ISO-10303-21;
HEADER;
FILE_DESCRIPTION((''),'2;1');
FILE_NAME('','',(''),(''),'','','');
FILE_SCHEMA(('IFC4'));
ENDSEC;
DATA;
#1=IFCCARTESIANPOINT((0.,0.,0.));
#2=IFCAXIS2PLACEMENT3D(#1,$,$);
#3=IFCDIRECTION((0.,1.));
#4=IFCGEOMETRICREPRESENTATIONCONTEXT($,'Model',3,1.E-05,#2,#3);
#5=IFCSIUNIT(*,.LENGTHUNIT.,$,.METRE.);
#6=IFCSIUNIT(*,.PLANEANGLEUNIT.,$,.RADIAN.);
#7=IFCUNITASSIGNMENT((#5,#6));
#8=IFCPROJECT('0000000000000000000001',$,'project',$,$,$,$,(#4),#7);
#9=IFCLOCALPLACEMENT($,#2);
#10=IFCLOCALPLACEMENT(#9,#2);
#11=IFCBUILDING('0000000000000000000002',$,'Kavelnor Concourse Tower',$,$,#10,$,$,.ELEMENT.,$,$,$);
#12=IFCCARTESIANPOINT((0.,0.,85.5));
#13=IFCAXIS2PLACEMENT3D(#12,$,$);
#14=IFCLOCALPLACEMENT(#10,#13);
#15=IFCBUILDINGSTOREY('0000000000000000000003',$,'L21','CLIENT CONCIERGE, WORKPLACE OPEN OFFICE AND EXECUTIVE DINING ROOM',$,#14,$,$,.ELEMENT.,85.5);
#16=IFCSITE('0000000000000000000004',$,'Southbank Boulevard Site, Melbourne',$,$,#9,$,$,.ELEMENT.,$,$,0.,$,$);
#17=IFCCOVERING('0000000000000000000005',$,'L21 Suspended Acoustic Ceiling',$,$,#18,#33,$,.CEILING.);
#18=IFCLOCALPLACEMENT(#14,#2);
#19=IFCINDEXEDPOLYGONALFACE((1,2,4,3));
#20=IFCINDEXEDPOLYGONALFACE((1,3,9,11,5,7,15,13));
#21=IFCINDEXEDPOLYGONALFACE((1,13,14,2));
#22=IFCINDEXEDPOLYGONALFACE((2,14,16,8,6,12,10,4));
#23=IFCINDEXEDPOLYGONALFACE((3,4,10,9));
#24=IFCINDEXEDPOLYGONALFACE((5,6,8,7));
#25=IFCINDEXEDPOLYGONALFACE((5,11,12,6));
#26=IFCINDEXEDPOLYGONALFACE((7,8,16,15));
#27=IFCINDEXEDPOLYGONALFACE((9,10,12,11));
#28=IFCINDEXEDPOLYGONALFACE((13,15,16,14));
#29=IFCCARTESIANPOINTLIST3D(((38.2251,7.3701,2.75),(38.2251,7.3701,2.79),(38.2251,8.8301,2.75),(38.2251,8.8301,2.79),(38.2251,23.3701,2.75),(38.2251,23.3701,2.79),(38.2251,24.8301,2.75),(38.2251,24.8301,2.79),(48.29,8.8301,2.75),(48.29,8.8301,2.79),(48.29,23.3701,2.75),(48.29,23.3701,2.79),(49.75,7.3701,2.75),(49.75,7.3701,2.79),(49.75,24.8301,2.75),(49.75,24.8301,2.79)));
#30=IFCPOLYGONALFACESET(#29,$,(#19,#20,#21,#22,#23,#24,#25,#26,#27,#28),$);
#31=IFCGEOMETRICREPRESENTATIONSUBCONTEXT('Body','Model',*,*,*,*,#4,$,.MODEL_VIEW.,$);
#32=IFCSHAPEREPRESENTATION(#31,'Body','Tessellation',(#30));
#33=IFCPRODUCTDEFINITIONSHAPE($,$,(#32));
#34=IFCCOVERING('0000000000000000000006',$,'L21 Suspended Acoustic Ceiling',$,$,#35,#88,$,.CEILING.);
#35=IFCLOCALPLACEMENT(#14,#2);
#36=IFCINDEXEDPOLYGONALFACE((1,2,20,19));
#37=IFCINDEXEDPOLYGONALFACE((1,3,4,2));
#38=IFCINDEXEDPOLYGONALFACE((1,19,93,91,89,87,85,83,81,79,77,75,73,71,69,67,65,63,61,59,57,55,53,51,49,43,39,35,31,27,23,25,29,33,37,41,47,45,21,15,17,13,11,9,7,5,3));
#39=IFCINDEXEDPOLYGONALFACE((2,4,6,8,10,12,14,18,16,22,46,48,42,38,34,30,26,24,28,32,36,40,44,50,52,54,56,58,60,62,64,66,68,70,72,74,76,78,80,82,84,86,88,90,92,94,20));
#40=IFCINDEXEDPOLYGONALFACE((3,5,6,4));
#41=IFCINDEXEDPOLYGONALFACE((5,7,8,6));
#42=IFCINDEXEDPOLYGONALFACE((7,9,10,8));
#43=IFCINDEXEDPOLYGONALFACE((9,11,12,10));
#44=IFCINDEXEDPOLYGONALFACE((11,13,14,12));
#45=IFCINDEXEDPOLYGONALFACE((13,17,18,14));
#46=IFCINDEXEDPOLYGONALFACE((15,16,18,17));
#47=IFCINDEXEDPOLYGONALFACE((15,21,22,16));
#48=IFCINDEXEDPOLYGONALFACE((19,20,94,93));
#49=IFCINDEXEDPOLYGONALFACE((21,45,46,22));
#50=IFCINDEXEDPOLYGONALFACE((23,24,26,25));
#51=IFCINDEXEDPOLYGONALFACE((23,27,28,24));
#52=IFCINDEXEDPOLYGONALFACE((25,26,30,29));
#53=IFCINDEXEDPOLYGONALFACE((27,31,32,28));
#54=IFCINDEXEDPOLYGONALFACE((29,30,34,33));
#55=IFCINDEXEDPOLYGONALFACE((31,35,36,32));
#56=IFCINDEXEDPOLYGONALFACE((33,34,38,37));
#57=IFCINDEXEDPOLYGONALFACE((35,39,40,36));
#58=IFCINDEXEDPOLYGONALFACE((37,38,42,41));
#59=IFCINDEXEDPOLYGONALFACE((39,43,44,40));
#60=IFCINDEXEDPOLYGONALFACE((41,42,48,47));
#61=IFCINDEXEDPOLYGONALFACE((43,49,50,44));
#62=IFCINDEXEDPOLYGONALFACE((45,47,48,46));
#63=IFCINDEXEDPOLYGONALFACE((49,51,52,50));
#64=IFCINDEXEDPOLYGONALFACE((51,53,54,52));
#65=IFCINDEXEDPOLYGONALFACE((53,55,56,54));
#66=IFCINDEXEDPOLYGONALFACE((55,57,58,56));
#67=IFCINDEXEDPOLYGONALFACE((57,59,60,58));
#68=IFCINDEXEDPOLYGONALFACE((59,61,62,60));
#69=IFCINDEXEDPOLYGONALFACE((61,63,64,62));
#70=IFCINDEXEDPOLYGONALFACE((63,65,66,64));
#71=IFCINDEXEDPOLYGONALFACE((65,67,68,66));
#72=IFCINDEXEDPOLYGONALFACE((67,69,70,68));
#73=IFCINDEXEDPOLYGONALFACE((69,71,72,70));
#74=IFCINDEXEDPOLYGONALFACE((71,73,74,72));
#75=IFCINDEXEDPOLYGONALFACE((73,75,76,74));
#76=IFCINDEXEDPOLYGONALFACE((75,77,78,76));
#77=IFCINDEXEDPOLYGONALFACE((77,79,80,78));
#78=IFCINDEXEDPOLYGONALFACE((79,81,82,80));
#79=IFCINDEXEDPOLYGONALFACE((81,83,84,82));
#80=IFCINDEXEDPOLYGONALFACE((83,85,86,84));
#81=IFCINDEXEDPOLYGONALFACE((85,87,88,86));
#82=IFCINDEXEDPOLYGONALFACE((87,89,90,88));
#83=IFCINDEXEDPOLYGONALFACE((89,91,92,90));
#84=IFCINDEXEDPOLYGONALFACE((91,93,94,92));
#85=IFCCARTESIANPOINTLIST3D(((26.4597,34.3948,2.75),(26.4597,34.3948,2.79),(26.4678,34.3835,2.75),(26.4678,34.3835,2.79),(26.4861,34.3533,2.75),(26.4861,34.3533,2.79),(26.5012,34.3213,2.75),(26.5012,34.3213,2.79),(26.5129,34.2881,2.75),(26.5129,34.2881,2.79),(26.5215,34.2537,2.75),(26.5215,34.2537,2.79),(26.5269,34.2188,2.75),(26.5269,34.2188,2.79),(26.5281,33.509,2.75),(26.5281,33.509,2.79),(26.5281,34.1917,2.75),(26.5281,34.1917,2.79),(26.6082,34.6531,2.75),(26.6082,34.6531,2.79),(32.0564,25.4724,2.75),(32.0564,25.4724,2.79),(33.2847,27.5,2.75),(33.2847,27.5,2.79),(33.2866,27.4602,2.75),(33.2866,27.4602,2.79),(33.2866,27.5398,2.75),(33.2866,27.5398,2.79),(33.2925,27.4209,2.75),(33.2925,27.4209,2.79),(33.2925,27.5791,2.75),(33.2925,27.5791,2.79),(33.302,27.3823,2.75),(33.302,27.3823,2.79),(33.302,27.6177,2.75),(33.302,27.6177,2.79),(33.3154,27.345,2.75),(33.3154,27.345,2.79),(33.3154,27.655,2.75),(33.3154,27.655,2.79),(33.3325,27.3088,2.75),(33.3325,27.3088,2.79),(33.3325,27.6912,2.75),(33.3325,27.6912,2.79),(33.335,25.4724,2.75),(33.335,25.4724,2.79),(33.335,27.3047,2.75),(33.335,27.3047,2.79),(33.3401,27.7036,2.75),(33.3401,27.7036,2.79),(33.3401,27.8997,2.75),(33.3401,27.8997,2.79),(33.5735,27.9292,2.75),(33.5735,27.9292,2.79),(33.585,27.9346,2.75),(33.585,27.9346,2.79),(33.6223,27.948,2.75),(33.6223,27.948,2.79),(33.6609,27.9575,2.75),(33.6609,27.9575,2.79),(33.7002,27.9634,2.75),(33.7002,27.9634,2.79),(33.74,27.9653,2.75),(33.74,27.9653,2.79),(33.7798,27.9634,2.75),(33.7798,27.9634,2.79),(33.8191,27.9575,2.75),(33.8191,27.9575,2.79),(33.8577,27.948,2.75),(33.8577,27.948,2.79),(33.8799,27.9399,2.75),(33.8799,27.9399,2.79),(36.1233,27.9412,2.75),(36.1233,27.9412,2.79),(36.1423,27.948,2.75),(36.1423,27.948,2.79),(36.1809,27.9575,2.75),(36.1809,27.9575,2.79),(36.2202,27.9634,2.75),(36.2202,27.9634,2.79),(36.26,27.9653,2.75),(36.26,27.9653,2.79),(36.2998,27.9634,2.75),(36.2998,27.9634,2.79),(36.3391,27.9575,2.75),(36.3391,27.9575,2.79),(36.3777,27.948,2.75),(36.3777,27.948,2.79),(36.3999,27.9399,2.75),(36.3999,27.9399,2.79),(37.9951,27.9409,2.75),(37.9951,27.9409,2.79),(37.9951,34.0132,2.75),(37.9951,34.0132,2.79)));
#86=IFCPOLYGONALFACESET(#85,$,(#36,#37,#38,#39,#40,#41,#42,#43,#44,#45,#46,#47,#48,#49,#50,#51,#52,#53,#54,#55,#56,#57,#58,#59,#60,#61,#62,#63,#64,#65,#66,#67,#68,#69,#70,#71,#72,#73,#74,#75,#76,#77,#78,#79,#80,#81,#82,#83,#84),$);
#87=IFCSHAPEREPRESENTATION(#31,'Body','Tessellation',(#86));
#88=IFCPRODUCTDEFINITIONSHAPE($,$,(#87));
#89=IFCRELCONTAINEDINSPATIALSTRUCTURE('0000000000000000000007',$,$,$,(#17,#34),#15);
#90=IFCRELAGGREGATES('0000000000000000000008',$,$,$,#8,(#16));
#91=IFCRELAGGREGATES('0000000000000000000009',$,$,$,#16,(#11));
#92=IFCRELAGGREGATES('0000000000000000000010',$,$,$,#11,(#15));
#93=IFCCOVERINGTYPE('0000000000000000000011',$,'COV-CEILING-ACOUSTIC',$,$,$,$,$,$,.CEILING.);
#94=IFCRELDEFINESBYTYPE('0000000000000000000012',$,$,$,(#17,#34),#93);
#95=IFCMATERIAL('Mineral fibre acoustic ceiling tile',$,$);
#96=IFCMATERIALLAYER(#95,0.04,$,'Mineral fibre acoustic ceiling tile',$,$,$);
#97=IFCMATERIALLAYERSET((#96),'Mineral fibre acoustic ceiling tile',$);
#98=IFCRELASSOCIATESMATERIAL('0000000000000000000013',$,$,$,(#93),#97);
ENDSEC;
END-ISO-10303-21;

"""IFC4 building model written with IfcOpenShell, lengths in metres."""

from ifc_helpers import new_model, si_unit, direction, frame, origin, place, context, subcontext, project, spatial, polyline, outline, extrude, material, layer, layer_set, type_object, element, save


model = new_model("IFC4")

# Units and contexts
model_context = context("Model", 3, precision=1e-05, world=origin(), true_north=direction((0.0, 1.0)))
body_context = subcontext(model_context, "Body", "Model", "MODEL_VIEW")
ifc_project = project(units=[si_unit("LENGTHUNIT", "METRE"), si_unit("PLANEANGLEUNIT", "RADIAN")], contexts=[model_context])

# Site, building, storey
site_placement = place(None, origin())
site = spatial("IfcSite", under=ifc_project, at=site_placement, Name="Southbank Boulevard Site, Melbourne", CompositionType="ELEMENT", RefElevation=0.0)
building_placement = place(site_placement, origin())
building = spatial("IfcBuilding", under=site, at=building_placement, Name="Kavelnor Concourse Tower", CompositionType="ELEMENT")
storey_placement = place(building_placement, frame((0.0, 0.0, 85.5)))
storey = spatial("IfcBuildingStorey", under=building, at=storey_placement, Name="L21", Description="CLIENT CONCIERGE, WORKPLACE OPEN OFFICE AND EXECUTIVE DINING ROOM", CompositionType="ELEMENT", Elevation=85.5)

# Coverings
ifc_material_1 = material(Name="Mineral fibre acoustic ceiling tile")
ifc_layer_1 = layer(ifc_material_1, 0.04, Name="Mineral fibre acoustic ceiling tile")
ifc_layer_set_1 = layer_set([ifc_layer_1], Name="Mineral fibre acoustic ceiling tile")
covering_type = type_object("IfcCoveringType", Name="COV-CEILING-ACOUSTIC", PredefinedType="CEILING", material=ifc_layer_set_1)
covering_1_placement = place(storey_placement, frame((0.0, 0.0, 2.75)))
element("IfcCovering", 1, at=covering_1_placement, inside=storey, type_object=covering_type, Name="L21 Suspended Acoustic Ceiling", PredefinedType="CEILING", context=body_context, shape_type="SweptSolid", body=[
    extrude(outline(polyline([(49.75, 7.3701), (38.2251, 7.3701), (38.2251, 8.8301), (48.29, 8.8301), (48.29, 23.3701), (38.2251, 23.3701), (38.2251, 24.8301), (49.75, 24.8301), (49.75, 7.3701)])), origin(), (0.0, 0.0, 1.0), 0.04),
])
covering_2_placement = place(storey_placement, frame((0.0, 0.0, 2.75)))
element("IfcCovering", 2, at=covering_2_placement, inside=storey, type_object=covering_type, Name="L21 Suspended Acoustic Ceiling", PredefinedType="CEILING", context=body_context, shape_type="SweptSolid", body=[
    extrude(outline(polyline([(37.9951, 27.9409), (36.3999, 27.9399), (36.3777, 27.948), (36.3391, 27.9575), (36.2998, 27.9634), (36.26, 27.9653), (36.2202, 27.9634), (36.1809, 27.9575), (36.1423, 27.948), (36.1233, 27.9412), (33.8799, 27.9399), (33.8577, 27.948), (33.8191, 27.9575), (33.7798, 27.9634), (33.74, 27.9653), (33.7002, 27.9634), (33.6609, 27.9575), (33.6223, 27.948), (33.585, 27.9346), (33.5735, 27.9292), (33.3401, 27.8997), (33.3401, 27.7036), (33.3325, 27.6912), (33.3154, 27.655), (33.302, 27.6177), (33.2925, 27.5791), (33.2866, 27.5398), (33.2847, 27.5), (33.2866, 27.4602), (33.2925, 27.4209), (33.302, 27.3823), (33.3154, 27.345), (33.3325, 27.3088), (33.335, 27.3047), (33.335, 25.4724), (32.0564, 25.4724), (26.5281, 33.509), (26.5281, 34.1917), (26.5269, 34.2188), (26.5215, 34.2537), (26.5129, 34.2881), (26.5012, 34.3213), (26.4861, 34.3533), (26.4678, 34.3835), (26.4597, 34.3948), (26.6082, 34.6531), (37.9951, 34.0132), (37.9951, 27.9409)])), origin(), (0.0, 0.0, 1.0), 0.04),
])

save(model, "model.ifc")
